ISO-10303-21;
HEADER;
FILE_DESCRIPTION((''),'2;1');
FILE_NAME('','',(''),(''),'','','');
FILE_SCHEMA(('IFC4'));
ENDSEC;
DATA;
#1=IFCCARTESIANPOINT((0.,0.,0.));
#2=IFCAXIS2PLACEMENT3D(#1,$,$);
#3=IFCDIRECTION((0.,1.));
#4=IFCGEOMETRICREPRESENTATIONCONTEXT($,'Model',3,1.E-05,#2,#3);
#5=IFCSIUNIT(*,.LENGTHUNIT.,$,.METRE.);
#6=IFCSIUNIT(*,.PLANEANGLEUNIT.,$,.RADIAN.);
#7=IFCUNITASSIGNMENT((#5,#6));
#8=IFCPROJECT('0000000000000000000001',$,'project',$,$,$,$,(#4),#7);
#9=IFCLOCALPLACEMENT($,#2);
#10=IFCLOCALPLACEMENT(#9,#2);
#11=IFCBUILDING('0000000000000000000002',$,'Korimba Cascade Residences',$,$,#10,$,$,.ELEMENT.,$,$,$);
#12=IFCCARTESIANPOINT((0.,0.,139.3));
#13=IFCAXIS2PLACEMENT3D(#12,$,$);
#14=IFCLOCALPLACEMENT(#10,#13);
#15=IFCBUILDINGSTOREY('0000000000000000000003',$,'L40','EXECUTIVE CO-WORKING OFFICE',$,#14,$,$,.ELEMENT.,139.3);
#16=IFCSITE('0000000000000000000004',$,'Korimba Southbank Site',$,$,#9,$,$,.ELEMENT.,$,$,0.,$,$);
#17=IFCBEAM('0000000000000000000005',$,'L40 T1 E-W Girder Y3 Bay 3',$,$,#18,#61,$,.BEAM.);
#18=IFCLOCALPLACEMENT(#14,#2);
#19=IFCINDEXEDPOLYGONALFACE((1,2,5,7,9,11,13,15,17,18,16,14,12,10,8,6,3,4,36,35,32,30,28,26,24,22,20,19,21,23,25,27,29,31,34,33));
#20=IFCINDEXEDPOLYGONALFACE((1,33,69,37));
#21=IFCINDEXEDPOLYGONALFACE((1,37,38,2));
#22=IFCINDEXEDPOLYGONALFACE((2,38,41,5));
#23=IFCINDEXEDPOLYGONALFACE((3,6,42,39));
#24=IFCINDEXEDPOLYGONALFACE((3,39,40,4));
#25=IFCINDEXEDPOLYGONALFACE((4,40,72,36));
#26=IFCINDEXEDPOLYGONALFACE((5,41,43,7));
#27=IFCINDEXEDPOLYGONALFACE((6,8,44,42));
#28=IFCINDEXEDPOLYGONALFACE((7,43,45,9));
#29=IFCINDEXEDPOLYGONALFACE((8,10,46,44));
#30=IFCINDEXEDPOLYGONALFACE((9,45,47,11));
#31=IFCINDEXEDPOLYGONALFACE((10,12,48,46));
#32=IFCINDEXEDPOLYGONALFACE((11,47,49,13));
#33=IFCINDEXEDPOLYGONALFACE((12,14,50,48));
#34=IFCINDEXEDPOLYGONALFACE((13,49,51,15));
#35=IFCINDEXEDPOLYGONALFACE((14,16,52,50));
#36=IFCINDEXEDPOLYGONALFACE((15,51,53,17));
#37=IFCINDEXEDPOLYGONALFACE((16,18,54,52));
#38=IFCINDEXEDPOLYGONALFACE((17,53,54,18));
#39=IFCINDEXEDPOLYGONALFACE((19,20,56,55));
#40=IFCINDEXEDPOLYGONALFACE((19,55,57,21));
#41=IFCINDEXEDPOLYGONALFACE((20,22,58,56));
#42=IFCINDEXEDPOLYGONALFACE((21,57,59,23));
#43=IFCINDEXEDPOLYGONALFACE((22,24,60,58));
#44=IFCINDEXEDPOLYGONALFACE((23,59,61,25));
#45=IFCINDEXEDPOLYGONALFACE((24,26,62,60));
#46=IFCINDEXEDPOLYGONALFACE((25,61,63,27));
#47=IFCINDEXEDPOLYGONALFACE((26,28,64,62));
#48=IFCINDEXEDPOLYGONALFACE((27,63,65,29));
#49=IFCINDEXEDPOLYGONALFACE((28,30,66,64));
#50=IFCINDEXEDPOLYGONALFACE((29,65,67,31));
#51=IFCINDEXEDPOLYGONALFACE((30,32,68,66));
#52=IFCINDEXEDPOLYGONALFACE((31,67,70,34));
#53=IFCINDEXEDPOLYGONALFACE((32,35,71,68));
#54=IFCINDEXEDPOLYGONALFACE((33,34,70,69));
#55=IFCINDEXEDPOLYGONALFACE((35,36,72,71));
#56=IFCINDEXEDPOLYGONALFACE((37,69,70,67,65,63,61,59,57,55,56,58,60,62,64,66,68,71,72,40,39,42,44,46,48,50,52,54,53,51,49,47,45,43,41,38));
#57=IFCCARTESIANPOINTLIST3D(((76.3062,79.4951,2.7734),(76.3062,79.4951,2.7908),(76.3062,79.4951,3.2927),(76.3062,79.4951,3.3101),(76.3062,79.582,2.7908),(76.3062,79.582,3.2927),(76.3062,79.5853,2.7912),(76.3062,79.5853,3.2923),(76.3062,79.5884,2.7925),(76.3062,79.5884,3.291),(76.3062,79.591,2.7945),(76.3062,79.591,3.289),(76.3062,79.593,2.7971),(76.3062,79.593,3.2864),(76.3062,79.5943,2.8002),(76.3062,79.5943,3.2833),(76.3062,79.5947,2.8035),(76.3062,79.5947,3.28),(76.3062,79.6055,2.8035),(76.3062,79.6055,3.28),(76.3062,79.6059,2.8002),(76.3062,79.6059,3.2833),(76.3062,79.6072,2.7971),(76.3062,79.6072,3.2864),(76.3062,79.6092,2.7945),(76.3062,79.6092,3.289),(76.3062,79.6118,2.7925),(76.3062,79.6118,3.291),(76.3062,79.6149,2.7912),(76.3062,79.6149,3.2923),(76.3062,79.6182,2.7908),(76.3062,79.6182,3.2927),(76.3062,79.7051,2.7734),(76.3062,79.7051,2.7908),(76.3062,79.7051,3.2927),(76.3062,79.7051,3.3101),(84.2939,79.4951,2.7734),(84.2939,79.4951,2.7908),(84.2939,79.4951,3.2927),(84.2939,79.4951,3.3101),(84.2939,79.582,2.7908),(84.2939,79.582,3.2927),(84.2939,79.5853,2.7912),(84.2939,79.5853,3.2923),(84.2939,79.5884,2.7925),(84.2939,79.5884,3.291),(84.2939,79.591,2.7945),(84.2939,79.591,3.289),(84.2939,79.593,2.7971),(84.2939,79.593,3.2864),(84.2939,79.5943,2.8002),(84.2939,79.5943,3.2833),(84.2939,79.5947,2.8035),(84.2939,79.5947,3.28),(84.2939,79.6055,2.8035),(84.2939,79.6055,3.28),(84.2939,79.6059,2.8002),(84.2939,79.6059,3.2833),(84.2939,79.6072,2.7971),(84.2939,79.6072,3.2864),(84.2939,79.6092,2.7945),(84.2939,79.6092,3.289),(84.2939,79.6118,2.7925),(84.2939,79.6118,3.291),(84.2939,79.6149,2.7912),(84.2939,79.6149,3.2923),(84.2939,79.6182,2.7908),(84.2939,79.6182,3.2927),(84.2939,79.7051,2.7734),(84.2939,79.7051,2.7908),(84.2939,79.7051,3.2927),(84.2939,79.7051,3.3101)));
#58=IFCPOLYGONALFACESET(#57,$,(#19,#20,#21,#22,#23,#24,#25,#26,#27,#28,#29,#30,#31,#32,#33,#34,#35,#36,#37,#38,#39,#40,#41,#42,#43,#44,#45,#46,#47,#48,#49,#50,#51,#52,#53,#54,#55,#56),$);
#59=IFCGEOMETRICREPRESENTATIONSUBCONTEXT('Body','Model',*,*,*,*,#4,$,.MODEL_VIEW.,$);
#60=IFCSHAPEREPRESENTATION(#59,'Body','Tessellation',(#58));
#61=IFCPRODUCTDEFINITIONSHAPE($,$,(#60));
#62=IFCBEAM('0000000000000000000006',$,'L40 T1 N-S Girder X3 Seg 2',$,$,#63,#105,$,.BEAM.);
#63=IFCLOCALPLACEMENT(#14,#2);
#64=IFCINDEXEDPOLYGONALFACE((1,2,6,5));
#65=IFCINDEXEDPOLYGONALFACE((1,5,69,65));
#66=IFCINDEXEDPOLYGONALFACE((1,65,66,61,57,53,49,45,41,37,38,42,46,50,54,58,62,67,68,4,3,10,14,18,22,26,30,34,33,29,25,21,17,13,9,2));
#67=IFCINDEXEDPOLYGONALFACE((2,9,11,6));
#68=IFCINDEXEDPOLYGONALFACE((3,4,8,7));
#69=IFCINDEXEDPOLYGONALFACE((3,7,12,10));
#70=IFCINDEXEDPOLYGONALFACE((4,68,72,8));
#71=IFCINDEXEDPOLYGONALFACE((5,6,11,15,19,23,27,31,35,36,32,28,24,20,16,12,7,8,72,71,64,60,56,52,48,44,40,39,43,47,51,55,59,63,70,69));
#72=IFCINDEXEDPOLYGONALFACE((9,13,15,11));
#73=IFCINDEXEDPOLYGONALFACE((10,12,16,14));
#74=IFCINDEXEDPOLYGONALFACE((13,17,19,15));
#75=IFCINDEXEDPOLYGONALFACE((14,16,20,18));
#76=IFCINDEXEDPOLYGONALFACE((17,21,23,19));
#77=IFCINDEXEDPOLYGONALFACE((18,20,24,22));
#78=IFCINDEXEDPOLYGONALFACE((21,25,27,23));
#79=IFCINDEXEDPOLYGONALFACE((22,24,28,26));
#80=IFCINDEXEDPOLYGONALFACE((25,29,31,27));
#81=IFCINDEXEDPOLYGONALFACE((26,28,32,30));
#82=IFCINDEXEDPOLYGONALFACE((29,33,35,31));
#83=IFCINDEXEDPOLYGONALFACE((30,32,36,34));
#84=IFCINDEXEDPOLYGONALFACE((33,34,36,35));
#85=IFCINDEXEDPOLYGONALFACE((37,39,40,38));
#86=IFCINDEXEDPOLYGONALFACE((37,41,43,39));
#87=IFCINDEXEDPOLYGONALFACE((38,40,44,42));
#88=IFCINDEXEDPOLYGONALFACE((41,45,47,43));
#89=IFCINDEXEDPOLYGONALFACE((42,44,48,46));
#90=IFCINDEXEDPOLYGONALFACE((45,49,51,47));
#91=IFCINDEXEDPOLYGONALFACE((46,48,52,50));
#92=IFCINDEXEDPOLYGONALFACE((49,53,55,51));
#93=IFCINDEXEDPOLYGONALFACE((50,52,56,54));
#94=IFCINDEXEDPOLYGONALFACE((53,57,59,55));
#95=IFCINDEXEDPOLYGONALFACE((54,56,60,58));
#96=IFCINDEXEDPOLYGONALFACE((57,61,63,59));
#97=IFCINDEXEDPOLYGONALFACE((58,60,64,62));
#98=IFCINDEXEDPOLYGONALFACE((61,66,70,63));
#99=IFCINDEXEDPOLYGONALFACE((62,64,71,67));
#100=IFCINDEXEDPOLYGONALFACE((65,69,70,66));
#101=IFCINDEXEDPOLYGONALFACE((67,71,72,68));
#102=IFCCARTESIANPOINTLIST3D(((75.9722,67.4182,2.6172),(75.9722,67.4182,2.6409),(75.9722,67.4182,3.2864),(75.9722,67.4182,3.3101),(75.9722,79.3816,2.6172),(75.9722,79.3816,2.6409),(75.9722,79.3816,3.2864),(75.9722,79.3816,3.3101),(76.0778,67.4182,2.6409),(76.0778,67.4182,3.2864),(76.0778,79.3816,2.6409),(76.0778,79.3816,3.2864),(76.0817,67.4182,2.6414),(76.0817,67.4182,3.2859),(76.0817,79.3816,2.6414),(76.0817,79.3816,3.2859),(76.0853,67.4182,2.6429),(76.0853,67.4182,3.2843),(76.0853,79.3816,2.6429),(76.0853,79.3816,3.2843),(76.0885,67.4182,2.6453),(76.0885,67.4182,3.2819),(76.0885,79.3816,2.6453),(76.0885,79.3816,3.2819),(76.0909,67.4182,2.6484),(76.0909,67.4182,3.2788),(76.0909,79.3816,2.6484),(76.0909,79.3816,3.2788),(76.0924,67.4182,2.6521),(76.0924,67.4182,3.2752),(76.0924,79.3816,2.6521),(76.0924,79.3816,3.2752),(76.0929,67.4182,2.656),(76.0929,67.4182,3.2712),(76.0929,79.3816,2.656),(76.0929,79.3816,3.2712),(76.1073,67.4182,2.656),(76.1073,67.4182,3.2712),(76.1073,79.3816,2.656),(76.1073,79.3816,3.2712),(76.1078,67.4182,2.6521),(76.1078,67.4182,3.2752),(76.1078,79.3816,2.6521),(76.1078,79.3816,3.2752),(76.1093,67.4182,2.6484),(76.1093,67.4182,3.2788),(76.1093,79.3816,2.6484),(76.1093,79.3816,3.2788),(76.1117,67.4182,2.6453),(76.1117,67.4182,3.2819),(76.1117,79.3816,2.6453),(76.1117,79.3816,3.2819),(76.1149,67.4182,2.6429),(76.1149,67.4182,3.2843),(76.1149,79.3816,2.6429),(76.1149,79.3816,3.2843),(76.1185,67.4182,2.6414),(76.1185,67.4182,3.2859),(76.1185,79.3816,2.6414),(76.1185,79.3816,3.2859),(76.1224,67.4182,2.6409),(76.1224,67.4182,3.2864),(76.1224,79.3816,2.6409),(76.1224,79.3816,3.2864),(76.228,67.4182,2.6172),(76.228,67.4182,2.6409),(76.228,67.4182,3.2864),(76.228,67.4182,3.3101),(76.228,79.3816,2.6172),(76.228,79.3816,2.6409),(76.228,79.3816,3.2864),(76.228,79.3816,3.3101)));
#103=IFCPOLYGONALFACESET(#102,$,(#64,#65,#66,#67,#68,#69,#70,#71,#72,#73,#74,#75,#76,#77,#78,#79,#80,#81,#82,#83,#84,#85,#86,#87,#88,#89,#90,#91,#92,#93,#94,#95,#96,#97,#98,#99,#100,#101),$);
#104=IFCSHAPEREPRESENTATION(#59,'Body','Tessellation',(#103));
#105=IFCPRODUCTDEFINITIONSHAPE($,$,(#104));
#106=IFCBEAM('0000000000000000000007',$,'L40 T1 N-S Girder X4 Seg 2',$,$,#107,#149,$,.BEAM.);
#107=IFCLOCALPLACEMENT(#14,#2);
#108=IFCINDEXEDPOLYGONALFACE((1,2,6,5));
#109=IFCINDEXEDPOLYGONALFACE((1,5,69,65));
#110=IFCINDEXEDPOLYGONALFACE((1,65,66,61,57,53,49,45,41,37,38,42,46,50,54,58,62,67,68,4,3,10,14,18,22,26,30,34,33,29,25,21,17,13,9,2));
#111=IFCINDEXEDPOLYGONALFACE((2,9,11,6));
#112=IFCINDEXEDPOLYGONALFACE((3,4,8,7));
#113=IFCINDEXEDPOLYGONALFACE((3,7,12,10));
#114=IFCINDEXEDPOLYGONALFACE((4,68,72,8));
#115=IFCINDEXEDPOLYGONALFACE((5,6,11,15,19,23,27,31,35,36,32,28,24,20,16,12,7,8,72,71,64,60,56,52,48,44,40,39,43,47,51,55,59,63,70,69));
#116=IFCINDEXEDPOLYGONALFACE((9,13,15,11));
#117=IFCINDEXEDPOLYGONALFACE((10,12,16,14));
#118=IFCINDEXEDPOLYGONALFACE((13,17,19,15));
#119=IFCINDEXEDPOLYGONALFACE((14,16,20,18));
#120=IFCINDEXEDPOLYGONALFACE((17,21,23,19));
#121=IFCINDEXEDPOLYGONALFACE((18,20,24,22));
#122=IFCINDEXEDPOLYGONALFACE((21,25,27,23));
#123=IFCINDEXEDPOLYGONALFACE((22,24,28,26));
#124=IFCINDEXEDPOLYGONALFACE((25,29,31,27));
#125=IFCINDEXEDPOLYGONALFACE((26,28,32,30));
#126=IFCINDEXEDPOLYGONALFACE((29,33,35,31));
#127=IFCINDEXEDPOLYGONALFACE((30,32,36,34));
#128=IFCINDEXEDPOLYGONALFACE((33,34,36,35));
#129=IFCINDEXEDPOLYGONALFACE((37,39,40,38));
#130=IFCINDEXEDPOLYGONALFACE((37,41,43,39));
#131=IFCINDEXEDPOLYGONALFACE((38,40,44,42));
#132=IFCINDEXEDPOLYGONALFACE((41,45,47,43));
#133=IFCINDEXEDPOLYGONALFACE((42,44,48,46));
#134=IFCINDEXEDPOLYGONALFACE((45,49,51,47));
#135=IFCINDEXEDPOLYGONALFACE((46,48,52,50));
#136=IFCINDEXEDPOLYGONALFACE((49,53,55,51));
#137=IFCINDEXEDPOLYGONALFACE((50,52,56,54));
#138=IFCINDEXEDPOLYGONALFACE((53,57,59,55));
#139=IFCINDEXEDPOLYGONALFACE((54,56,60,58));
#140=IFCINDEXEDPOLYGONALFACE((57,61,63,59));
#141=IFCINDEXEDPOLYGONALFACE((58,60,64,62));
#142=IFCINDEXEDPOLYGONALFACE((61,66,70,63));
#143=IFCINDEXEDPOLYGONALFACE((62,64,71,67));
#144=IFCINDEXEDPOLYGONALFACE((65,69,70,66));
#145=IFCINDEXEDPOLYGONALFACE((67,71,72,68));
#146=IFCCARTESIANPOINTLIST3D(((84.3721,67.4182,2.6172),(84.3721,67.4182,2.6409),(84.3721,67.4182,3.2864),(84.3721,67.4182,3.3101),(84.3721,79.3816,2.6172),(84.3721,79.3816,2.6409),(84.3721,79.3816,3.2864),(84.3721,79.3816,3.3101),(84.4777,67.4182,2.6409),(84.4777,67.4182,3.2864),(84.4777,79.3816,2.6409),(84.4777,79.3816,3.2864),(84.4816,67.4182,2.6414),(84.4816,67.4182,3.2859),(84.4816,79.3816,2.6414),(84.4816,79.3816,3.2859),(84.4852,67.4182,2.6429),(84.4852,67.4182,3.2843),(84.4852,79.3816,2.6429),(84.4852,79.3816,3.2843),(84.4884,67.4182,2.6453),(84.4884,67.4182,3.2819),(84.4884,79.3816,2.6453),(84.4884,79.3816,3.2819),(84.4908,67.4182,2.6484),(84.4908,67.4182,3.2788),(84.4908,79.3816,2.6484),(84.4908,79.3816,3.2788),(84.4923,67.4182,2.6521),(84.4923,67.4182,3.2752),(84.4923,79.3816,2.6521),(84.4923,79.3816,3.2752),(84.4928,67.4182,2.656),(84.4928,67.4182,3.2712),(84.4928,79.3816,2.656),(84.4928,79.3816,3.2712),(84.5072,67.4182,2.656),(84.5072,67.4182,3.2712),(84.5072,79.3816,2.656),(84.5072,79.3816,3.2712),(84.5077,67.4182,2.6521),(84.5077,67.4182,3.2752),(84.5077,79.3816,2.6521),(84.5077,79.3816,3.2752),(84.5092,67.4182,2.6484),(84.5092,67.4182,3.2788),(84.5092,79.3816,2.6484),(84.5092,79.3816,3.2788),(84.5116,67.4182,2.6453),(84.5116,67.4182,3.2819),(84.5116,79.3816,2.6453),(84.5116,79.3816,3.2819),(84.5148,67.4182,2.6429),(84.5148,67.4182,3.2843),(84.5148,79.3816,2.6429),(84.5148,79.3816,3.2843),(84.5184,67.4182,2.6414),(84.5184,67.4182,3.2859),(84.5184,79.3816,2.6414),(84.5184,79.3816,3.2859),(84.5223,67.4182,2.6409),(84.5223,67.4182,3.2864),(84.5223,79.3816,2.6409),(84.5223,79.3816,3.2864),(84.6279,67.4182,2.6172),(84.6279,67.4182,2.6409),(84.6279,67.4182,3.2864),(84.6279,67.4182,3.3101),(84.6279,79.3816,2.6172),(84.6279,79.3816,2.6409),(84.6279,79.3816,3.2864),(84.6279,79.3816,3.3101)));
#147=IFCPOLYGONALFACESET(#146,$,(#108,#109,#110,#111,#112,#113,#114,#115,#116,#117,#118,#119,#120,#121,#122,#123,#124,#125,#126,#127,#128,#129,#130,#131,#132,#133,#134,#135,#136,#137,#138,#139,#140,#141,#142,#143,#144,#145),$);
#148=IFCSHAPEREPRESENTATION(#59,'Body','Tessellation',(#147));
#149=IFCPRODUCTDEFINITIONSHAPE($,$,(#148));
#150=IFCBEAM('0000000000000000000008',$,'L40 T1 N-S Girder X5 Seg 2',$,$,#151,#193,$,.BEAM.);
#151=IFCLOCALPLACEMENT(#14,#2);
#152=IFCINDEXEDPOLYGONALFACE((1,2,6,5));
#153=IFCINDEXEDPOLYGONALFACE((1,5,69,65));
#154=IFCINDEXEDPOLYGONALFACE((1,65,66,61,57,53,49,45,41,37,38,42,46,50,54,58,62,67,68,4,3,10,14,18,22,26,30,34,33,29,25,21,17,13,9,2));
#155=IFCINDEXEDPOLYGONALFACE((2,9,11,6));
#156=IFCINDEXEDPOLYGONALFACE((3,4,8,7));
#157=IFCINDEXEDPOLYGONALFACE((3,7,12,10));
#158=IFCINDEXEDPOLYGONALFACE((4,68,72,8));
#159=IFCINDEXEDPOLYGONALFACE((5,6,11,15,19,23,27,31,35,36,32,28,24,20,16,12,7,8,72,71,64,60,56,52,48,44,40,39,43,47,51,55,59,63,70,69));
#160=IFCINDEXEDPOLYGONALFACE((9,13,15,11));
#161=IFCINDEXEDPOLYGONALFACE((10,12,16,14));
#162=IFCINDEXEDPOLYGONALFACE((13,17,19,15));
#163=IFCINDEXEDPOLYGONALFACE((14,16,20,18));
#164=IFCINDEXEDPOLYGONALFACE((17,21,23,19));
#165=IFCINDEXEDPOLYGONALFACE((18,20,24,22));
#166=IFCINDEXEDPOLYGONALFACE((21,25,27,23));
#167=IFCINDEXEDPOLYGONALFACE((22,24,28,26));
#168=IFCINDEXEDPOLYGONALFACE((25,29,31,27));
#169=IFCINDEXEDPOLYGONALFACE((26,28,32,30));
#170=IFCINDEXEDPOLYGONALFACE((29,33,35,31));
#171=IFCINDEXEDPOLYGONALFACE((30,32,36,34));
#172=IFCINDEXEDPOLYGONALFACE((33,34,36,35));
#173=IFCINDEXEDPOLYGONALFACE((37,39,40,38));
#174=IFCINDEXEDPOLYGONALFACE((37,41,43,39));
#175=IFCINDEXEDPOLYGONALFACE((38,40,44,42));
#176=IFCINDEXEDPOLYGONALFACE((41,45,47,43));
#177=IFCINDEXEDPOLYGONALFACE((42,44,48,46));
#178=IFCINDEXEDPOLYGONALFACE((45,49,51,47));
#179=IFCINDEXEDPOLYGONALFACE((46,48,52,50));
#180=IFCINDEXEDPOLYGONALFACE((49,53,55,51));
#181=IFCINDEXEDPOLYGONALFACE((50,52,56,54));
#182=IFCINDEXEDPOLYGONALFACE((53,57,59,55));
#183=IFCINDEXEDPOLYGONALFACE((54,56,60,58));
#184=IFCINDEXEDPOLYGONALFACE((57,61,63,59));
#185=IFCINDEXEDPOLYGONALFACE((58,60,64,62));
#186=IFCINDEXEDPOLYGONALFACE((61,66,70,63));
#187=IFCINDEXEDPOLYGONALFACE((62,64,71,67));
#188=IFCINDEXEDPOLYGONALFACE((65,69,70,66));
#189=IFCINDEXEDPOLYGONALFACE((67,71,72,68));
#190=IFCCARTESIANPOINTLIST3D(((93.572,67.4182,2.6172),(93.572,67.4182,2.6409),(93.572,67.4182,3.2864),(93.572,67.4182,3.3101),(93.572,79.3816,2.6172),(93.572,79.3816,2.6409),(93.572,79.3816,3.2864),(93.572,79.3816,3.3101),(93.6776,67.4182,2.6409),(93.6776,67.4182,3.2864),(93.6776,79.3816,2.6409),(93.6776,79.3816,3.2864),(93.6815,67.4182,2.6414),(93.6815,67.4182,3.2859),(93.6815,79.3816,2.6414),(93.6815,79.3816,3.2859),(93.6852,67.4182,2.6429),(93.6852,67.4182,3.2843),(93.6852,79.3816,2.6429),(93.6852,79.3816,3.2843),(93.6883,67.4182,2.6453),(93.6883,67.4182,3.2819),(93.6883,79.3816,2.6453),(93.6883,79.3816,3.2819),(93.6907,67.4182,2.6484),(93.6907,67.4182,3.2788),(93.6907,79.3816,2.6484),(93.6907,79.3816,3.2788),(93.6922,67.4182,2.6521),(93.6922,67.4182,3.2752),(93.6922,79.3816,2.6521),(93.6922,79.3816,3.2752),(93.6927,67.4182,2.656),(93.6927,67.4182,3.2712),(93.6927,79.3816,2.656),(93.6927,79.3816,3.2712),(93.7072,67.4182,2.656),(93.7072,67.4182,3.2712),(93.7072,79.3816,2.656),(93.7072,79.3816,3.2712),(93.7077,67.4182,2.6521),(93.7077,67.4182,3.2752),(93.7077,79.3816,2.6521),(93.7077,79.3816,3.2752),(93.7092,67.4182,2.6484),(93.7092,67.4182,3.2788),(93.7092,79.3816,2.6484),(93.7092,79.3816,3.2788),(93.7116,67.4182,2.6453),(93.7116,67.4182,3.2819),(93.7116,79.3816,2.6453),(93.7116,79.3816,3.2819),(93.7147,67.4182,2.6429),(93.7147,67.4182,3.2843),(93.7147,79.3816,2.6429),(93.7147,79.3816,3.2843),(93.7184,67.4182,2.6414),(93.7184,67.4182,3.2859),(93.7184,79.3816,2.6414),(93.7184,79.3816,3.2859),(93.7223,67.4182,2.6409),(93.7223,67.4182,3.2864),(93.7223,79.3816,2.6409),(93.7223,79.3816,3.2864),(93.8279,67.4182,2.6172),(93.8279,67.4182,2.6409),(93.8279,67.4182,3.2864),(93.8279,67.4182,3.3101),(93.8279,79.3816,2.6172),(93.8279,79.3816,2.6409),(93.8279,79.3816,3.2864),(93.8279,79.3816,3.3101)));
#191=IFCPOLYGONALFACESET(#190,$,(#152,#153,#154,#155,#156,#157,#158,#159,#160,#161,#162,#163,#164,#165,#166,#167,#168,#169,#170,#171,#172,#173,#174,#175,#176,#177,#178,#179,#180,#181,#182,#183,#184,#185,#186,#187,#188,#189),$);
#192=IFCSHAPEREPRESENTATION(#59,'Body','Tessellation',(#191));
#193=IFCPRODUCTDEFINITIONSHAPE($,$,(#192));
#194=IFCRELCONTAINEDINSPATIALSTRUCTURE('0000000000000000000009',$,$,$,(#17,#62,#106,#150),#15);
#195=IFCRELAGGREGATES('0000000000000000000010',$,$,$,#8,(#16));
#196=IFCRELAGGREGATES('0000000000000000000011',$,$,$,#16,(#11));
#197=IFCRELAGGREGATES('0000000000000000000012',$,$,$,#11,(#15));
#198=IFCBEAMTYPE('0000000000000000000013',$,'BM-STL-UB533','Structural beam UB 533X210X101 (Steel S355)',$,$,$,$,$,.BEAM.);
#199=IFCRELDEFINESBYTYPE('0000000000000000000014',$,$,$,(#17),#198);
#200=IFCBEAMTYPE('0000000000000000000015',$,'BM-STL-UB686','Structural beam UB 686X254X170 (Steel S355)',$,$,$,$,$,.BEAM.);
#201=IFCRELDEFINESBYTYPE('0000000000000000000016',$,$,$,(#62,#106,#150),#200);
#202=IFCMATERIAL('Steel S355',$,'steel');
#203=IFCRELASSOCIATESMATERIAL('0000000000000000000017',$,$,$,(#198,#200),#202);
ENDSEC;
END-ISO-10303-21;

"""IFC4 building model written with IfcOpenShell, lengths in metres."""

from ifc_helpers import new_model, si_unit, direction, frame, origin, origin_2d, place, context, subcontext, project, spatial, i_section, extrude, material, material_profile, profile_set, type_object, element, save


model = new_model("IFC4")

# Units and contexts
model_context = context("Model", 3, precision=1e-05, world=origin(), true_north=direction((0.0, 1.0)))
body_context = subcontext(model_context, "Body", "Model", "MODEL_VIEW")
ifc_project = project(units=[si_unit("LENGTHUNIT", "METRE"), si_unit("PLANEANGLEUNIT", "RADIAN")], contexts=[model_context])

# Site, building, storey
site_placement = place(None, origin())
site = spatial("IfcSite", under=ifc_project, at=site_placement, Name="Korimba Southbank Site", CompositionType="ELEMENT", RefElevation=0.0)
building_placement = place(site_placement, origin())
building = spatial("IfcBuilding", under=site, at=building_placement, Name="Korimba Cascade Residences", CompositionType="ELEMENT")
storey_placement = place(building_placement, frame((0.0, 0.0, 139.3)))
storey = spatial("IfcBuildingStorey", under=building, at=storey_placement, Name="L40", Description="EXECUTIVE CO-WORKING OFFICE", CompositionType="ELEMENT", Elevation=139.3)

# Beams
ifc_material_1 = material(Name="Steel S355", Category="steel")
ifc_material_profile_1 = material_profile(ifc_material_1, i_section(OverallWidth=0.21, OverallDepth=0.5366, WebThickness=0.0107, FlangeThickness=0.0173, FilletRadius=0.0127, at=origin_2d()), Name="Steel S355")
ifc_profile_set_1 = profile_set([ifc_material_profile_1], Name="Steel S355")
beam_type_1 = type_object("IfcBeamType", Name="BM-STL-UB533", Description="Structural beam UB 533X210X101 (Steel S355)", PredefinedType="BEAM", material=ifc_profile_set_1)
beam_placement = place(storey_placement, frame((76.3062, 79.6001, 3.0417), z_axis=(1.0, 0.0, 0.0), x_axis=(0.0, 1.0, 0.0)))
element("IfcBeam", 1, at=beam_placement, inside=storey, type_object=beam_type_1, Name="L40 T1 E-W Girder Y3 Bay 3", PredefinedType="BEAM", context=body_context, shape_type="SweptSolid", body=[
    extrude(i_section(OverallWidth=0.21, OverallDepth=0.5366, WebThickness=0.0107, FlangeThickness=0.0173, FilletRadius=0.0127, at=origin_2d()), origin(), (0.0, 0.0, 1.0), 7.9878),
])
ifc_material_profile_2 = material_profile(ifc_material_1, i_section(OverallWidth=0.2559, OverallDepth=0.6929, WebThickness=0.0144, FlangeThickness=0.0237, FilletRadius=0.0151, at=origin_2d()), Name="Steel S355")
ifc_profile_set_2 = profile_set([ifc_material_profile_2], Name="Steel S355")
beam_type_2 = type_object("IfcBeamType", Name="BM-STL-UB686", Description="Structural beam UB 686X254X170 (Steel S355)", PredefinedType="BEAM", material=ifc_profile_set_2)
for number, where, z_axis, x_axis, name in (
    (2, (76.1001, 67.4182, 2.9636), (0.0, 1.0, 0.0), (-1.0, 0.0, 0.0), "L40 T1 N-S Girder X3 Seg 2"),
    (3, (84.5, 67.4182, 2.9636), (0.0, 1.0, 0.0), (-1.0, 0.0, 0.0), "L40 T1 N-S Girder X4 Seg 2"),
    (4, (93.7, 67.4182, 2.9636), (0.0, 1.0, 0.0), (-1.0, 0.0, 0.0), "L40 T1 N-S Girder X5 Seg 2"),
):
    element("IfcBeam", number, at=place(storey_placement, frame(where, z_axis=z_axis, x_axis=x_axis)), inside=storey, type_object=beam_type_2, Name=name, PredefinedType="BEAM", context=body_context, shape_type="SweptSolid", body=[
        extrude(i_section(OverallWidth=0.2559, OverallDepth=0.6929, WebThickness=0.0144, FlangeThickness=0.0237, FilletRadius=0.0151, at=origin_2d()), origin(), (0.0, 0.0, 1.0), 11.9634),
    ])

save(model, "model.ifc")
